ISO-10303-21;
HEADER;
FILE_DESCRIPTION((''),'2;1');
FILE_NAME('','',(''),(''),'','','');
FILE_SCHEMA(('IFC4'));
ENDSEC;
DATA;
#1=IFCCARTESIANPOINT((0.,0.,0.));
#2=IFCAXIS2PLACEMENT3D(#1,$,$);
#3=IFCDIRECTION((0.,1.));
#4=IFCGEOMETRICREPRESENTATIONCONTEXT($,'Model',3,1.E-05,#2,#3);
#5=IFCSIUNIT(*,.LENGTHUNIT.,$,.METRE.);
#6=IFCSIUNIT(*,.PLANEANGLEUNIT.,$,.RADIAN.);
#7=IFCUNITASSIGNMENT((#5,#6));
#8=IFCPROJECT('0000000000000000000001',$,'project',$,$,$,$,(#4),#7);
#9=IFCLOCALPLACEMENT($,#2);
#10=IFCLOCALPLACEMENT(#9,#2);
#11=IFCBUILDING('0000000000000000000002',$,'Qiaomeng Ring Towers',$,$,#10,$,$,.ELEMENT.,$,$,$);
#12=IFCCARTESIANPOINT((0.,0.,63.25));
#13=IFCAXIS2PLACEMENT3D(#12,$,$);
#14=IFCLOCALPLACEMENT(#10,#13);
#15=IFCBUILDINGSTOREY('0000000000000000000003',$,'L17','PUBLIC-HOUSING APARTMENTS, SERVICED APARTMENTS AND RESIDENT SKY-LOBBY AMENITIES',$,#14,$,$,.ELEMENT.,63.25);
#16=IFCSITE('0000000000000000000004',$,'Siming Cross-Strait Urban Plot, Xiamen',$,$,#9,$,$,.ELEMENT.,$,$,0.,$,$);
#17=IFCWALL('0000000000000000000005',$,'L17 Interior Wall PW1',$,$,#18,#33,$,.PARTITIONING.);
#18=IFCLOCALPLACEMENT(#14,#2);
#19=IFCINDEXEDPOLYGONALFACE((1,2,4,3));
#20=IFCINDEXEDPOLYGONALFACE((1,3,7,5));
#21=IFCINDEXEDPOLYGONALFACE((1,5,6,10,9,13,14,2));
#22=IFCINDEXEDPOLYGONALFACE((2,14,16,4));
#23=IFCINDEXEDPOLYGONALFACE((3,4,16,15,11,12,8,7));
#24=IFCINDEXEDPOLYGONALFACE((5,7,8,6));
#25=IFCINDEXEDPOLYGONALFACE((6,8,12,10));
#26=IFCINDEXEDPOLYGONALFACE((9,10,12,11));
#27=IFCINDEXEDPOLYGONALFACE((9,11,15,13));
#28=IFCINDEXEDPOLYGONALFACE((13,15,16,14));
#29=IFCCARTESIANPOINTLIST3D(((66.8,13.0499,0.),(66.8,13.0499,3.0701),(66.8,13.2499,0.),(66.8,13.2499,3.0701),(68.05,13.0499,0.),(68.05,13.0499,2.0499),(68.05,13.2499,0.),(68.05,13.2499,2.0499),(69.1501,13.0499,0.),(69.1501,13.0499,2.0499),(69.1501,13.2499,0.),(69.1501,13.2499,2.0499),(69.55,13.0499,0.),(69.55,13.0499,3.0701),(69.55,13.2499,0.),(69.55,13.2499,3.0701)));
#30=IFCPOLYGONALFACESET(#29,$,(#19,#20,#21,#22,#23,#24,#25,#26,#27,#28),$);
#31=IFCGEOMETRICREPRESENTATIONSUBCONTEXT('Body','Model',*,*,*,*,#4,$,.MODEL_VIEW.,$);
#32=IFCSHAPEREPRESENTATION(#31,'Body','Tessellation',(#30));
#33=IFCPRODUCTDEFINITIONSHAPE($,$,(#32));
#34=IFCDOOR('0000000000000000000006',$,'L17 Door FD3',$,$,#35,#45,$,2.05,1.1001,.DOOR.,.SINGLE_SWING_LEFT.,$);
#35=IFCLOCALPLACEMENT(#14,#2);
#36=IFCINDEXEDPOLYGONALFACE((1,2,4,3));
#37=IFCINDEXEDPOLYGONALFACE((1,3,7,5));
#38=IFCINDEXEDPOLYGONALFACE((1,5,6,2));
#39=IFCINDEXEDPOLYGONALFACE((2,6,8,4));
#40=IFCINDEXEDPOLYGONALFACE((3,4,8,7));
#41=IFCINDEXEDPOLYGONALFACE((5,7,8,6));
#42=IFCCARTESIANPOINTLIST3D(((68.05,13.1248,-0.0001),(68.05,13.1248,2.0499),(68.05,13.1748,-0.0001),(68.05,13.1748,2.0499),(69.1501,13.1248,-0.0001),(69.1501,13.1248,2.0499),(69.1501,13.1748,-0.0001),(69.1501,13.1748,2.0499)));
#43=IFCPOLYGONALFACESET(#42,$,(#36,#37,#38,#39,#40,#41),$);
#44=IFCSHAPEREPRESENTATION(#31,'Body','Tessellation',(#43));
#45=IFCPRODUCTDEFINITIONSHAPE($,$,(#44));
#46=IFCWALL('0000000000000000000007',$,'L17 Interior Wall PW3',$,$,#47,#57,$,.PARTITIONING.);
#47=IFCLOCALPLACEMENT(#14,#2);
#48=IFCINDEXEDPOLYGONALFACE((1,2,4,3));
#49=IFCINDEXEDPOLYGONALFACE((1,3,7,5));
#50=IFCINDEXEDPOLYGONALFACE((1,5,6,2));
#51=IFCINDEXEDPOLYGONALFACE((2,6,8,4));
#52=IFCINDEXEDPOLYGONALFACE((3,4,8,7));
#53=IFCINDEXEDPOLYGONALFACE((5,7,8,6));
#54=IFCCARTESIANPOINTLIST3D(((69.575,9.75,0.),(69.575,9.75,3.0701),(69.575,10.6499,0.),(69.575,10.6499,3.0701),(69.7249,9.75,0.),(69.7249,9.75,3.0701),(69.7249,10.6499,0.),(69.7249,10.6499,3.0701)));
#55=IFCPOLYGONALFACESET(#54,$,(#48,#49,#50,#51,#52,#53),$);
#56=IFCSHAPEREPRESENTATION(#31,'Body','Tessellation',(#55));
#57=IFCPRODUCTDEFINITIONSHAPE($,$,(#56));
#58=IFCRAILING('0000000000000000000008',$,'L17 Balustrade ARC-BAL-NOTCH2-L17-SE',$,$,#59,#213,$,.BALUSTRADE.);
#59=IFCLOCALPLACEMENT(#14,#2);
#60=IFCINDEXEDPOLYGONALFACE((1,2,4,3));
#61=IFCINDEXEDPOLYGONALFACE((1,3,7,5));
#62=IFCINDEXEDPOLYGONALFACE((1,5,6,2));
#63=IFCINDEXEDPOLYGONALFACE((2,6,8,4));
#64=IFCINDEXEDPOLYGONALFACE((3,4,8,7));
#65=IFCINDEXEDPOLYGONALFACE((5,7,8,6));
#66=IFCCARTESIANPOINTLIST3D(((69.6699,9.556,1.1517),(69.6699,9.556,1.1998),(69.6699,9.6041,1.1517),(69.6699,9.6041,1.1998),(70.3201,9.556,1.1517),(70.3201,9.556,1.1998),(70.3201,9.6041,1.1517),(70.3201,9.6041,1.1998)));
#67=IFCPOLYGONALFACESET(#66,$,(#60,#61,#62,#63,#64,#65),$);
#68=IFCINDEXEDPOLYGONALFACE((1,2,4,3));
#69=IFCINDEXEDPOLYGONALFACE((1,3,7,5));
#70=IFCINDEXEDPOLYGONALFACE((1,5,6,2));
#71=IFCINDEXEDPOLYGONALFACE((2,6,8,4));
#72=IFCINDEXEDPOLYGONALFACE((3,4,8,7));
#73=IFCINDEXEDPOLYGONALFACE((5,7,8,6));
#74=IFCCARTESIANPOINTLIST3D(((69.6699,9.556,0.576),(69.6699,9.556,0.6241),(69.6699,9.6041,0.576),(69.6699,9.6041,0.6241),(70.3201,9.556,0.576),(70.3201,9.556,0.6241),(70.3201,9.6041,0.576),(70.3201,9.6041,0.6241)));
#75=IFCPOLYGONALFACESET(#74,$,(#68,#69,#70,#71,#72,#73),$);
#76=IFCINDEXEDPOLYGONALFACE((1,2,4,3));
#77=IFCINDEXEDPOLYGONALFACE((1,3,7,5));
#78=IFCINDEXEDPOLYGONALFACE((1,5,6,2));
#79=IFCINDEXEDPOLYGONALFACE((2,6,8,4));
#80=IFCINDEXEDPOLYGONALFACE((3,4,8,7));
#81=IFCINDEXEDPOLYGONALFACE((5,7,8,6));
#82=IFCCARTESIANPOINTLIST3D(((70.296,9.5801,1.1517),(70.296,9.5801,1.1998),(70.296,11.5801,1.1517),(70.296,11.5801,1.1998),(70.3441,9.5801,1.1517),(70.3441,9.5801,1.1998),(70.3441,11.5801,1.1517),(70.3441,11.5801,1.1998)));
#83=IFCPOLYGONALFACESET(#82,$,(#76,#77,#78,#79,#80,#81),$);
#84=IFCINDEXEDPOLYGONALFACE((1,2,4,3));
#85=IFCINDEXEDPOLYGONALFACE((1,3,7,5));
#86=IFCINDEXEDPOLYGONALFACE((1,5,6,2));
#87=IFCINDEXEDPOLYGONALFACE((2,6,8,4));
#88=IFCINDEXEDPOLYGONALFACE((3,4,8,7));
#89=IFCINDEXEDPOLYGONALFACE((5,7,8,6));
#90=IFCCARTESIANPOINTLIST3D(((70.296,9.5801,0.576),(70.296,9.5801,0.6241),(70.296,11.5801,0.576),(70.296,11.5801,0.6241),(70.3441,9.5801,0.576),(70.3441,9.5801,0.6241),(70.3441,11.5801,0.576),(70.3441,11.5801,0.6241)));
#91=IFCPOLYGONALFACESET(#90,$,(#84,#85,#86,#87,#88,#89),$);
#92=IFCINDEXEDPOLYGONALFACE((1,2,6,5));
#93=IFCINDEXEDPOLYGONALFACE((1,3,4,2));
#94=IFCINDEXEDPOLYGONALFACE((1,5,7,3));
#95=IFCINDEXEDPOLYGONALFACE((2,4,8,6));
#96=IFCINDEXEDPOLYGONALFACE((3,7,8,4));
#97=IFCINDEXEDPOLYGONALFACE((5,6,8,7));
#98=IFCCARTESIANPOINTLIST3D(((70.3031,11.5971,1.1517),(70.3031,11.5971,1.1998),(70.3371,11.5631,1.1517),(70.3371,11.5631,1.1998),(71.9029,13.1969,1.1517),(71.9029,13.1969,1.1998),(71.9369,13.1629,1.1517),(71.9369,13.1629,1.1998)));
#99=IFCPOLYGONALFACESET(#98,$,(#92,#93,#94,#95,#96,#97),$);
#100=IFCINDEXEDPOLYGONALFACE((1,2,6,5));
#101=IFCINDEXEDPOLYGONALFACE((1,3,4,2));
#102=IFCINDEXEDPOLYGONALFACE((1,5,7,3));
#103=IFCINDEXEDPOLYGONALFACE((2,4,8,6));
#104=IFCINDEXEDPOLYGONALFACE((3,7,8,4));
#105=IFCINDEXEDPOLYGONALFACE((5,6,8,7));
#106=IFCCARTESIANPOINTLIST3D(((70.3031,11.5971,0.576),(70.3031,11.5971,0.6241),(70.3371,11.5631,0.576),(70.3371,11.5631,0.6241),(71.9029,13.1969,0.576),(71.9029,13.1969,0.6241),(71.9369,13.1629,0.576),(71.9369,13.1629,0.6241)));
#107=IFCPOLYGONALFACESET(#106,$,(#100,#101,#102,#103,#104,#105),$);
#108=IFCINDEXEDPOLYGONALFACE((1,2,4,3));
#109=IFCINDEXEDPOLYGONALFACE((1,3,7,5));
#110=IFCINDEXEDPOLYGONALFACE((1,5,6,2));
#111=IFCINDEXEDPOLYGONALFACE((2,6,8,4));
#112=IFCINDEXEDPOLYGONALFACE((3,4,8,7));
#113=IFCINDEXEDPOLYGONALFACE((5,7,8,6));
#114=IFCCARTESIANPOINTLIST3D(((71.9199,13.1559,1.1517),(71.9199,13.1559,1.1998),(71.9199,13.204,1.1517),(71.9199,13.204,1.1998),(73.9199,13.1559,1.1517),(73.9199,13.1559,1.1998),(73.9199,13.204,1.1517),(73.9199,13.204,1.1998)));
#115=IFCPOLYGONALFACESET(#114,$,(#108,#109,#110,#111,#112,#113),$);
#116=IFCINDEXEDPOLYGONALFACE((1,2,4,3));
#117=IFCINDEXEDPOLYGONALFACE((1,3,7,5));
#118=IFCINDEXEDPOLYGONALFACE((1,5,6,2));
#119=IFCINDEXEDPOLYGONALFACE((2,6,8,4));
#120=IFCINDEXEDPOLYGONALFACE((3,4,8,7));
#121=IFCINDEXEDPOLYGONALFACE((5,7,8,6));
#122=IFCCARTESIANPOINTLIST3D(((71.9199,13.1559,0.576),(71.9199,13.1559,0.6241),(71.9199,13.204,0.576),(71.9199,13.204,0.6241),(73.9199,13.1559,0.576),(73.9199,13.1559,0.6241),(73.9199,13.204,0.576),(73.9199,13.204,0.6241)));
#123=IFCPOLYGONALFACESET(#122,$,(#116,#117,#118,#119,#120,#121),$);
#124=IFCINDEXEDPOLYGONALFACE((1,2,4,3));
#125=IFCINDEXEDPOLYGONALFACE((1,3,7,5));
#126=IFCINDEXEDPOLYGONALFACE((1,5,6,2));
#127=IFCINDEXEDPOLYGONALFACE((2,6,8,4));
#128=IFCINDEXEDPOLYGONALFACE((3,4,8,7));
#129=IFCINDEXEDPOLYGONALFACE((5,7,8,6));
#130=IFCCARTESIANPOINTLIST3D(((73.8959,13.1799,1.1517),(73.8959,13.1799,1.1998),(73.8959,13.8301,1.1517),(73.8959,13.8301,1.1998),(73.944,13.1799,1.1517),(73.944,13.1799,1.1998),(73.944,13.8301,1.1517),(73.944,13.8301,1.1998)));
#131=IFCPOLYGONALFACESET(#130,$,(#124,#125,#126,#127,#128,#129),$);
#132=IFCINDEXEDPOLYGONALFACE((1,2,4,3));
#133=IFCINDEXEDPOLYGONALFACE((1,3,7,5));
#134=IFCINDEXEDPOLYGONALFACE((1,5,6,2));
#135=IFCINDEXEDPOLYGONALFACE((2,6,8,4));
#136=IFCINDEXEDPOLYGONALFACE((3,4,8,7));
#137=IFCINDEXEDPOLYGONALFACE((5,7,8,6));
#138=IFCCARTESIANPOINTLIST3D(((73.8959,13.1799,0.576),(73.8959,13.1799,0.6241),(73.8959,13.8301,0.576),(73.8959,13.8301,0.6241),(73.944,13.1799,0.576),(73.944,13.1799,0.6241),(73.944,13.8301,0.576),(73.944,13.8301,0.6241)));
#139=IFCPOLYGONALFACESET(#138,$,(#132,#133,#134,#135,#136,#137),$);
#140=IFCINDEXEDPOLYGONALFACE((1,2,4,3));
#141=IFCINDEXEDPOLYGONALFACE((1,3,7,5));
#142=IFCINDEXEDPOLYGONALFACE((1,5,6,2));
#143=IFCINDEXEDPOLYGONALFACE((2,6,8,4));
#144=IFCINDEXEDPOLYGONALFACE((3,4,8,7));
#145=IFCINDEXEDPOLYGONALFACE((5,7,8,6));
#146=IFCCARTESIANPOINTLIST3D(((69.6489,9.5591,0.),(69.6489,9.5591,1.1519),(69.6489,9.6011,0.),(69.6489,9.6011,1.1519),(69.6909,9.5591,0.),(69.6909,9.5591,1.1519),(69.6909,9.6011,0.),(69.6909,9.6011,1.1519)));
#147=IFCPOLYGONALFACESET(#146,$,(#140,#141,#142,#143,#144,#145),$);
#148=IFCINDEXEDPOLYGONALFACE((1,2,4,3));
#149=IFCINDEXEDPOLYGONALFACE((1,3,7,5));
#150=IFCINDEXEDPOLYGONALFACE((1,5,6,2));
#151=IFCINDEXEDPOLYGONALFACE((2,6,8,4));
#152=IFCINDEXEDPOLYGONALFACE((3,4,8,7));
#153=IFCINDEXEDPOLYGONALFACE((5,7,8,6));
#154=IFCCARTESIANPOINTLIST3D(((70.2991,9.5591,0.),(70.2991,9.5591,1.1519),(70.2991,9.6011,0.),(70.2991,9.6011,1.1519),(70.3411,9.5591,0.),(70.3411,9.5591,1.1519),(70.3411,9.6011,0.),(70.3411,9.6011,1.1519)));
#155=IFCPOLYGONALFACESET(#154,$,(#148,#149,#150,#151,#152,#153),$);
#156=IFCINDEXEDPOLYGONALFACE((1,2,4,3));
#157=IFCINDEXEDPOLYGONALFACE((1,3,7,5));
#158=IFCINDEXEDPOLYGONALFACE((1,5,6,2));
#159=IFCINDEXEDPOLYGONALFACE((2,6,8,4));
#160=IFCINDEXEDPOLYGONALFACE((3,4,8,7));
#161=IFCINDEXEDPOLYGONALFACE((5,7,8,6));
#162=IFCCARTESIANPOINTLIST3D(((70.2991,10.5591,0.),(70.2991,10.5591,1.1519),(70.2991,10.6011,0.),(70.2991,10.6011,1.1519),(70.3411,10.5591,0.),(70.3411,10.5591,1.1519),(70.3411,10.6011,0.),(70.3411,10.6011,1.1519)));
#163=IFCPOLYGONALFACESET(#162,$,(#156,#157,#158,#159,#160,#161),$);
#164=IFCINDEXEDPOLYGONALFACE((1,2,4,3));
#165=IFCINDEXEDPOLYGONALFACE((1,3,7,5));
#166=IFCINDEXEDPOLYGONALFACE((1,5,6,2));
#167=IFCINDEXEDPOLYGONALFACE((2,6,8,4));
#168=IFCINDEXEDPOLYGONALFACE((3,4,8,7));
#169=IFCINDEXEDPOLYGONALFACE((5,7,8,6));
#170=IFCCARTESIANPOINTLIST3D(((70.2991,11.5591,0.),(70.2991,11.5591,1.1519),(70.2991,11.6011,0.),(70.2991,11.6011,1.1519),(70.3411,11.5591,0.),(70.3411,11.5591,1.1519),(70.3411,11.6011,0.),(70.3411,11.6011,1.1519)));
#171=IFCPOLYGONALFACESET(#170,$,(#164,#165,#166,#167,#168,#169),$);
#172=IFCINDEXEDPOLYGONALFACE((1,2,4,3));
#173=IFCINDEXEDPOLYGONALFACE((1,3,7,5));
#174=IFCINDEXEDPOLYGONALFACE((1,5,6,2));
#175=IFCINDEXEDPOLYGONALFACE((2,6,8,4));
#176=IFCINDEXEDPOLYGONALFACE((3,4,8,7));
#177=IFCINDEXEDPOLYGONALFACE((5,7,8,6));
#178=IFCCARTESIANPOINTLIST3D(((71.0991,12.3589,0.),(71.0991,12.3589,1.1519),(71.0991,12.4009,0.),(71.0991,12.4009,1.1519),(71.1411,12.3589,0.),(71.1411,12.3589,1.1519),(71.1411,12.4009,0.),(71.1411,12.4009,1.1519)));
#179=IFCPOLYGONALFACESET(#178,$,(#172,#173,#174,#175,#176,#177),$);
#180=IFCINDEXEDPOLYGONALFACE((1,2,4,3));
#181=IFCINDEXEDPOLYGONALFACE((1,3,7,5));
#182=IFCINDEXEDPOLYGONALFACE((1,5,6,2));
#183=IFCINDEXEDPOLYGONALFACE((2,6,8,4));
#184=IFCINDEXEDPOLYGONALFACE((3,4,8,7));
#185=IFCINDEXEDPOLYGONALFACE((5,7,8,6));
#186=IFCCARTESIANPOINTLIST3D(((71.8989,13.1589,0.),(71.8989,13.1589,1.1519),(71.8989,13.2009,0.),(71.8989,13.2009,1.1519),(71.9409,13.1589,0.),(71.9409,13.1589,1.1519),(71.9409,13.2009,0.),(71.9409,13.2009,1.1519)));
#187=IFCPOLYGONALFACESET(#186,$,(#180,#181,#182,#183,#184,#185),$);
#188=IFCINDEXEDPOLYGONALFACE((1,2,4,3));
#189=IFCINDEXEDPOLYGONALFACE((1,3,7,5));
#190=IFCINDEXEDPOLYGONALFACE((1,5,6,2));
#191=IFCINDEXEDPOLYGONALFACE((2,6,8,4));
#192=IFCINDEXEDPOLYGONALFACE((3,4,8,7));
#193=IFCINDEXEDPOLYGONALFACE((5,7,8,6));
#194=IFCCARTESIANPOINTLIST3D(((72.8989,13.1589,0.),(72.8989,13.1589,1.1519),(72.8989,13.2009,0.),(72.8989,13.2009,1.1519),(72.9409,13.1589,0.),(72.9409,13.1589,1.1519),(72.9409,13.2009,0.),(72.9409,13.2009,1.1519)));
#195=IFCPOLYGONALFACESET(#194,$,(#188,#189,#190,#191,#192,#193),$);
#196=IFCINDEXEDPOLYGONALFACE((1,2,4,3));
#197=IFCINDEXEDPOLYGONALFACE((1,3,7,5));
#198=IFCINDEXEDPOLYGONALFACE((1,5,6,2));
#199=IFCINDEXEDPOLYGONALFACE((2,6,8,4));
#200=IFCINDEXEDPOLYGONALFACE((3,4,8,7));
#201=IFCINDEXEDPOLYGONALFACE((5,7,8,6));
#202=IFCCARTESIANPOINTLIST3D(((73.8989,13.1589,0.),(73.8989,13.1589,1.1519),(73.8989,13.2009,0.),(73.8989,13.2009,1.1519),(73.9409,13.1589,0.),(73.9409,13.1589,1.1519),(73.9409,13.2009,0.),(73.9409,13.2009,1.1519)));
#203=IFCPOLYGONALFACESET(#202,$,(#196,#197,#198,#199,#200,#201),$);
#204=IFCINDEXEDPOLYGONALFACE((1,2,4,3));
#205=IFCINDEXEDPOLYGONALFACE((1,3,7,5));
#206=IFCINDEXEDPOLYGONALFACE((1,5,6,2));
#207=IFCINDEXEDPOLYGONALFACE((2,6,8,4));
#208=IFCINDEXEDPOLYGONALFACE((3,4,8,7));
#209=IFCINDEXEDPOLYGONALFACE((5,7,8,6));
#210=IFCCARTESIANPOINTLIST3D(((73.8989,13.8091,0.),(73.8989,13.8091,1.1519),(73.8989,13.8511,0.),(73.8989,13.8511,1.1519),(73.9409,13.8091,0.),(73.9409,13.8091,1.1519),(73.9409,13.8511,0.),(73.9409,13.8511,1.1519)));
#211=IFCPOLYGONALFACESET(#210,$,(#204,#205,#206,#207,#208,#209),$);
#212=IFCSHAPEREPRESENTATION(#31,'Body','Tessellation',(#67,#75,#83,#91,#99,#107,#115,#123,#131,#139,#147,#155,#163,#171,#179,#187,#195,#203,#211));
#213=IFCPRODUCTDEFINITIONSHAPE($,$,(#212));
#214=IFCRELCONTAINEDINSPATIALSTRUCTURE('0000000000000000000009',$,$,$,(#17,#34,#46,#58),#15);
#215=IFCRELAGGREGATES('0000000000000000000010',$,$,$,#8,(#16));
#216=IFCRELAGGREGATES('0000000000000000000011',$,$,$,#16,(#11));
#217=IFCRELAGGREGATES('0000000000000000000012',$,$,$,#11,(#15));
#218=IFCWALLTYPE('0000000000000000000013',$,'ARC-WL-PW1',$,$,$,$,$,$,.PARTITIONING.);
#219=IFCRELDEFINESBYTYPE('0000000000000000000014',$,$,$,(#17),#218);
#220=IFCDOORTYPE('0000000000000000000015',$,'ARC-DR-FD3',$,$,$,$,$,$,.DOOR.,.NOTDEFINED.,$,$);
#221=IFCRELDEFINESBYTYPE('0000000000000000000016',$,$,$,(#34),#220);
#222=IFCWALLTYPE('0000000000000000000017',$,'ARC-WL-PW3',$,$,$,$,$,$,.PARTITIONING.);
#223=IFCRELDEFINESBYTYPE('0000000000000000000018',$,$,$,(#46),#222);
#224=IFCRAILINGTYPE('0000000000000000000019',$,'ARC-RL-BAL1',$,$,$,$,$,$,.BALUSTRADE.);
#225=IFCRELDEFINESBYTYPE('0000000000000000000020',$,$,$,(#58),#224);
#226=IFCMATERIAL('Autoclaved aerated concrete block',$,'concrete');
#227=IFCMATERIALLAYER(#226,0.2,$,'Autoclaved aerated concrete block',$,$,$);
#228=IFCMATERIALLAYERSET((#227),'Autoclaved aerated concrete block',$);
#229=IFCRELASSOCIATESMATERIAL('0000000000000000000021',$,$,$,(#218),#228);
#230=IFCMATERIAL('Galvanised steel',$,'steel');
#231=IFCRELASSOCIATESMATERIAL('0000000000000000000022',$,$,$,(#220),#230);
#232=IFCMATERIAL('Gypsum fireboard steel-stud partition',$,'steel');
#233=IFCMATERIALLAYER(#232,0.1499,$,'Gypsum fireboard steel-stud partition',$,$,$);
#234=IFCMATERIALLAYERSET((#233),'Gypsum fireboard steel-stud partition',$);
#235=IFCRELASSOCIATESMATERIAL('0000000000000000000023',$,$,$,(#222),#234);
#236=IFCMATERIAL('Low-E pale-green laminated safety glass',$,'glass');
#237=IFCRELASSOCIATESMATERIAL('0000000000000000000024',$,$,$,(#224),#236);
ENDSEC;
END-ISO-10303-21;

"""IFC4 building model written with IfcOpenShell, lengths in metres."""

from ifc_helpers import new_model, si_unit, direction, frame, frame_2d, origin, origin_2d, place, context, subcontext, project, spatial, rectangle, extrude, source, transform, mapped, material, layer, layer_set, type_object, element, fill, save


model = new_model("IFC4")

# Units and contexts
model_context = context("Model", 3, precision=1e-05, world=origin(), true_north=direction((0.0, 1.0)))
body_context = subcontext(model_context, "Body", "Model", "MODEL_VIEW")
ifc_project = project(units=[si_unit("LENGTHUNIT", "METRE"), si_unit("PLANEANGLEUNIT", "RADIAN")], contexts=[model_context])

# Site, building, storey
site_placement = place(None, origin())
site = spatial("IfcSite", under=ifc_project, at=site_placement, Name="Siming Cross-Strait Urban Plot, Xiamen", CompositionType="ELEMENT", RefElevation=0.0)
building_placement = place(site_placement, origin())
building = spatial("IfcBuilding", under=site, at=building_placement, Name="Qiaomeng Ring Towers", CompositionType="ELEMENT")
storey_placement = place(building_placement, frame((0.0, 0.0, 63.25)))
storey = spatial("IfcBuildingStorey", under=building, at=storey_placement, Name="L17", Description="PUBLIC-HOUSING APARTMENTS, SERVICED APARTMENTS AND RESIDENT SKY-LOBBY AMENITIES", CompositionType="ELEMENT", Elevation=63.25)

# Shared definitions
ifc_material_1 = material(Name="Autoclaved aerated concrete block", Category="concrete")
ifc_layer_1 = layer(ifc_material_1, 0.2, Name="Autoclaved aerated concrete block")
ifc_layer_set_1 = layer_set([ifc_layer_1], Name="Autoclaved aerated concrete block")
wall_type_1 = type_object("IfcWallType", Name="ARC-WL-PW1", PredefinedType="PARTITIONING", material=ifc_layer_set_1)

# Wall, opening, door
wall_1_placement = place(storey_placement, frame((66.8, 13.1499, 0.0), z_axis=(0.0, 0.0, 1.0), x_axis=(1.0, 0.0, 0.0)))
wall_1 = element("IfcWall", 1, at=wall_1_placement, inside=storey, type_object=wall_type_1, Name="L17 Interior Wall PW1", PredefinedType="PARTITIONING", context=body_context, shape_type="SweptSolid", body=[
    extrude(rectangle(XDim=2.75, YDim=0.2, at=frame_2d((1.375, 0.0))), origin(), (0.0, 0.0, 1.0), 3.0701),
])
opening_1_placement = place(wall_1_placement, frame((1.25, 0.0, 0.0)))
opening_1 = element("IfcOpeningElement", 2, at=opening_1_placement, cuts=wall_1, PredefinedType="OPENING", context=body_context, shape_type="SweptSolid", body=[
    extrude(rectangle(XDim=1.1001, YDim=2.05, at=frame_2d((0.55, 1.0249))), frame((0.0, 0.1099, 0.0), z_axis=(0.0, -1.0, 0.0), x_axis=(1.0, 0.0, 0.0)), (0.0, 0.0, 1.0), 0.22),
])
ifc_material_2 = material(Name="Galvanised steel", Category="steel")
door_type_1 = type_object("IfcDoorType", Name="ARC-DR-FD3", OperationType="NOTDEFINED", PredefinedType="DOOR", material=ifc_material_2)
shared_shape_1 = source(origin(), body_context, "Body", "SweptSolid", [
    extrude(rectangle(XDim=1.1001, YDim=2.05, at=frame_2d((0.55, 1.0249))), frame((0.0, 0.0249, 0.0), z_axis=(0.0, -1.0, 0.0), x_axis=(1.0, 0.0, 0.0)), (0.0, 0.0, 1.0), 0.05),
])
door_1_placement = place(opening_1_placement, origin())
door_1 = element("IfcDoor", 3, at=door_1_placement, inside=storey, type_object=door_type_1, Name="L17 Door FD3", OperationType="SINGLE_SWING_LEFT", OverallHeight=2.05, OverallWidth=1.1001, PredefinedType="DOOR", context=body_context, shape_type="MappedRepresentation", body=[
    mapped(shared_shape_1, transform((0.0, 0.0, 0.0), x_axis=(1.0, 0.0, 0.0), y_axis=(0.0, 1.0, 0.0), z_axis=(0.0, 0.0, 1.0), scale=1.0)),
])
fill(opening_1, door_1)

# Wall
ifc_material_3 = material(Name="Gypsum fireboard steel-stud partition", Category="steel")
ifc_layer_2 = layer(ifc_material_3, 0.1499, Name="Gypsum fireboard steel-stud partition")
ifc_layer_set_2 = layer_set([ifc_layer_2], Name="Gypsum fireboard steel-stud partition")
wall_type_2 = type_object("IfcWallType", Name="ARC-WL-PW3", PredefinedType="PARTITIONING", material=ifc_layer_set_2)
wall_2_placement = place(storey_placement, frame((69.6499, 9.75, 0.0), z_axis=(0.0, 0.0, 1.0), x_axis=(0.0, 1.0, 0.0)))
element("IfcWall", 4, at=wall_2_placement, inside=storey, type_object=wall_type_2, Name="L17 Interior Wall PW3", PredefinedType="PARTITIONING", context=body_context, shape_type="SweptSolid", body=[
    extrude(rectangle(XDim=0.8999, YDim=0.1499, at=frame_2d((0.45, 0.0))), origin(), (0.0, 0.0, 1.0), 3.0701),
])

# Railing
ifc_material_4 = material(Name="Low-E pale-green laminated safety glass", Category="glass")
railing_type = type_object("IfcRailingType", Name="ARC-RL-BAL1", PredefinedType="BALUSTRADE", material=ifc_material_4)
railing_placement = place(storey_placement, frame((69.6699, 9.5801, 0.0)))
element("IfcRailing", 5, at=railing_placement, inside=storey, type_object=railing_type, Name="L17 Balustrade ARC-BAL-NOTCH2-L17-SE", PredefinedType="BALUSTRADE", context=body_context, shape_type="SweptSolid", body=[
    extrude(rectangle(XDim=0.0481, YDim=0.0481, at=origin_2d()), frame((0.0, 0.0, 1.1758), z_axis=(1.0, 0.0, 0.0), x_axis=(0.0, 1.0, 0.0)), (0.0, 0.0, 1.0), 0.6501),
    extrude(rectangle(XDim=0.0481, YDim=0.0481, at=origin_2d()), frame((0.0, 0.0, 0.6001), z_axis=(1.0, 0.0, 0.0), x_axis=(0.0, 1.0, 0.0)), (0.0, 0.0, 1.0), 0.6501),
    extrude(rectangle(XDim=0.0481, YDim=0.0481, at=origin_2d()), frame((0.6501, 0.0, 1.1758), z_axis=(0.0, 1.0, 0.0), x_axis=(-1.0, 0.0, 0.0)), (0.0, 0.0, 1.0), 2.0),
    extrude(rectangle(XDim=0.0481, YDim=0.0481, at=origin_2d()), frame((0.6501, 0.0, 0.6001), z_axis=(0.0, 1.0, 0.0), x_axis=(-1.0, 0.0, 0.0)), (0.0, 0.0, 1.0), 2.0),
    extrude(rectangle(XDim=0.0481, YDim=0.0481, at=origin_2d()), frame((0.6501, 2.0, 1.1758), z_axis=(0.707107, 0.707107, 0.0), x_axis=(-0.707107, 0.707107, 0.0)), (0.0, 0.0, 1.0), 2.2625),
    extrude(rectangle(XDim=0.0481, YDim=0.0481, at=origin_2d()), frame((0.6501, 2.0, 0.6001), z_axis=(0.707107, 0.707107, 0.0), x_axis=(-0.707107, 0.707107, 0.0)), (0.0, 0.0, 1.0), 2.2625),
    extrude(rectangle(XDim=0.0481, YDim=0.0481, at=origin_2d()), frame((2.25, 3.5999, 1.1758), z_axis=(1.0, 0.0, 0.0), x_axis=(0.0, 1.0, 0.0)), (0.0, 0.0, 1.0), 2.0),
    extrude(rectangle(XDim=0.0481, YDim=0.0481, at=origin_2d()), frame((2.25, 3.5999, 0.6001), z_axis=(1.0, 0.0, 0.0), x_axis=(0.0, 1.0, 0.0)), (0.0, 0.0, 1.0), 2.0),
    extrude(rectangle(XDim=0.0481, YDim=0.0481, at=origin_2d()), frame((4.25, 3.5999, 1.1758), z_axis=(0.0, 1.0, 0.0), x_axis=(-1.0, 0.0, 0.0)), (0.0, 0.0, 1.0), 0.6501),
    extrude(rectangle(XDim=0.0481, YDim=0.0481, at=origin_2d()), frame((4.25, 3.5999, 0.6001), z_axis=(0.0, 1.0, 0.0), x_axis=(-1.0, 0.0, 0.0)), (0.0, 0.0, 1.0), 0.6501),
    extrude(rectangle(XDim=0.042, YDim=0.042, at=origin_2d()), origin(), (0.0, 0.0, 1.0), 1.1519),
    extrude(rectangle(XDim=0.042, YDim=0.042, at=origin_2d()), frame((0.6501, 0.0, 0.0)), (0.0, 0.0, 1.0), 1.1519),
    extrude(rectangle(XDim=0.042, YDim=0.042, at=origin_2d()), frame((0.6501, 1.0, 0.0)), (0.0, 0.0, 1.0), 1.1519),
    extrude(rectangle(XDim=0.042, YDim=0.042, at=origin_2d()), frame((0.6501, 2.0, 0.0)), (0.0, 0.0, 1.0), 1.1519),
    extrude(rectangle(XDim=0.042, YDim=0.042, at=origin_2d()), frame((1.4502, 2.7998, 0.0)), (0.0, 0.0, 1.0), 1.1519),
    extrude(rectangle(XDim=0.042, YDim=0.042, at=origin_2d()), frame((2.25, 3.5999, 0.0)), (0.0, 0.0, 1.0), 1.1519),
    extrude(rectangle(XDim=0.042, YDim=0.042, at=origin_2d()), frame((3.25, 3.5999, 0.0)), (0.0, 0.0, 1.0), 1.1519),
    extrude(rectangle(XDim=0.042, YDim=0.042, at=origin_2d()), frame((4.25, 3.5999, 0.0)), (0.0, 0.0, 1.0), 1.1519),
    extrude(rectangle(XDim=0.042, YDim=0.042, at=origin_2d()), frame((4.25, 4.25, 0.0)), (0.0, 0.0, 1.0), 1.1519),
])

save(model, "model.ifc")
